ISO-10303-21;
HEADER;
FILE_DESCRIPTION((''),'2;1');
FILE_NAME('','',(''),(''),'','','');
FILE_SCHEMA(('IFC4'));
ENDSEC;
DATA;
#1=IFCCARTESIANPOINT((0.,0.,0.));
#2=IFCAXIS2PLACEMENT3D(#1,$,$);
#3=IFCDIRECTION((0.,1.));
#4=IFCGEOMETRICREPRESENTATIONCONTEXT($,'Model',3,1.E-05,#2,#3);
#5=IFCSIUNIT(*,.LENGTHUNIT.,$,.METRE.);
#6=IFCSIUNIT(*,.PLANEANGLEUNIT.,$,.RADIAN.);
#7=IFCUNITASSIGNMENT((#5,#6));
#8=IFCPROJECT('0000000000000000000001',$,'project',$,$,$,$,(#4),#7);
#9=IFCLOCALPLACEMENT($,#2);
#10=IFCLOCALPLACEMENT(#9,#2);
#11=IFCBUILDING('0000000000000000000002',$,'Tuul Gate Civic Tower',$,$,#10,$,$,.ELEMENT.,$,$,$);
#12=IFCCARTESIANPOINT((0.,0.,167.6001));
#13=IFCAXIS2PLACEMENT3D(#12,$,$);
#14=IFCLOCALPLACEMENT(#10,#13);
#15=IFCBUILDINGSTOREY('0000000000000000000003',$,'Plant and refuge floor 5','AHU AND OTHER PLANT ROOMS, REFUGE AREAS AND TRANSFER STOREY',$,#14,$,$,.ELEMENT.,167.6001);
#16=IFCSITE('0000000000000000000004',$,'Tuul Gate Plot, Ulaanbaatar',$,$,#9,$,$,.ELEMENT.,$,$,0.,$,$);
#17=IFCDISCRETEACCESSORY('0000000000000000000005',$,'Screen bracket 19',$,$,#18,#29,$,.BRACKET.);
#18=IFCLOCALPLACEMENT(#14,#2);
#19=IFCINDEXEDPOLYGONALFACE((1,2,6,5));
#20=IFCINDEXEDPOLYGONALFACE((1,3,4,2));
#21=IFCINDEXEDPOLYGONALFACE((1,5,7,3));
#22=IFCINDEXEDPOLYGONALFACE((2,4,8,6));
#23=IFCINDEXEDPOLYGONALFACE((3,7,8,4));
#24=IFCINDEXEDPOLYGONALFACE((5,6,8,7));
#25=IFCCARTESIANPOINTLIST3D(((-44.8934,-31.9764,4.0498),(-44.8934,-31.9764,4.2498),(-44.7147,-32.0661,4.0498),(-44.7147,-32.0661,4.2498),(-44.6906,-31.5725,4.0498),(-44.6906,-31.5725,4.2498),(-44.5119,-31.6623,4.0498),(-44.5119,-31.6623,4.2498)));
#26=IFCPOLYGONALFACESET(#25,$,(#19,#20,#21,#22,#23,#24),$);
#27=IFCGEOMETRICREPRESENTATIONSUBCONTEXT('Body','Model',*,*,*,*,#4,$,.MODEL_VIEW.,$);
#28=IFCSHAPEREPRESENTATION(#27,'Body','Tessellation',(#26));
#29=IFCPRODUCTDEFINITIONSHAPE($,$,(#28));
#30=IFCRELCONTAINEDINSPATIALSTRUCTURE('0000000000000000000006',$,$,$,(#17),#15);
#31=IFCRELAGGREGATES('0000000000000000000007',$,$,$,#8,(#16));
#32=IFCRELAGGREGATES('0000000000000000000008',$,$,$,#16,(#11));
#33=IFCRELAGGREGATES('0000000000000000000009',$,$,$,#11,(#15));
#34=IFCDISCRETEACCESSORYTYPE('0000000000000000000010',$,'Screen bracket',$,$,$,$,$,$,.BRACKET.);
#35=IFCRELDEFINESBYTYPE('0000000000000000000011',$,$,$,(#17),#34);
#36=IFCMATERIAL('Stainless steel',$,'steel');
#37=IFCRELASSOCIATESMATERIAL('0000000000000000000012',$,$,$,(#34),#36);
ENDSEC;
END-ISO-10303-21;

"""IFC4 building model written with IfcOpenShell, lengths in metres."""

from ifc_helpers import new_model, si_unit, direction, frame, origin, origin_2d, place, context, subcontext, project, spatial, rectangle, extrude, material, type_object, element, save


model = new_model("IFC4")

# Units and contexts
model_context = context("Model", 3, precision=1e-05, world=origin(), true_north=direction((0.0, 1.0)))
body_context = subcontext(model_context, "Body", "Model", "MODEL_VIEW")
ifc_project = project(units=[si_unit("LENGTHUNIT", "METRE"), si_unit("PLANEANGLEUNIT", "RADIAN")], contexts=[model_context])

# Site, building, storey
site_placement = place(None, origin())
site = spatial("IfcSite", under=ifc_project, at=site_placement, Name="Tuul Gate Plot, Ulaanbaatar", CompositionType="ELEMENT", RefElevation=0.0)
building_placement = place(site_placement, origin())
building = spatial("IfcBuilding", under=site, at=building_placement, Name="Tuul Gate Civic Tower", CompositionType="ELEMENT")
storey_placement = place(building_placement, frame((0.0, 0.0, 167.6001)))
storey = spatial("IfcBuildingStorey", under=building, at=storey_placement, Name="Plant and refuge floor 5", Description="AHU AND OTHER PLANT ROOMS, REFUGE AREAS AND TRANSFER STOREY", CompositionType="ELEMENT", Elevation=167.6001)

# Discrete accessory
ifc_material_1 = material(Name="Stainless steel", Category="steel")
discrete_accessory_type_1 = type_object("IfcDiscreteAccessoryType", Name="Screen bracket", PredefinedType="BRACKET", material=ifc_material_1)
discrete_accessory_1_placement = place(storey_placement, frame((-44.7026, -31.8193, 4.0498), z_axis=(0.0, 0.0, 1.0), x_axis=(-0.448842, -0.893611, 0.0)))
element("IfcDiscreteAccessory", 1, at=discrete_accessory_1_placement, inside=storey, type_object=discrete_accessory_type_1, Name="Screen bracket 19", PredefinedType="BRACKET", context=body_context, shape_type="SweptSolid", body=[
    extrude(rectangle(XDim=0.4519, YDim=0.2, at=origin_2d()), origin(), (0.0, 0.0, 1.0), 0.2),
])

save(model, "model.ifc")
